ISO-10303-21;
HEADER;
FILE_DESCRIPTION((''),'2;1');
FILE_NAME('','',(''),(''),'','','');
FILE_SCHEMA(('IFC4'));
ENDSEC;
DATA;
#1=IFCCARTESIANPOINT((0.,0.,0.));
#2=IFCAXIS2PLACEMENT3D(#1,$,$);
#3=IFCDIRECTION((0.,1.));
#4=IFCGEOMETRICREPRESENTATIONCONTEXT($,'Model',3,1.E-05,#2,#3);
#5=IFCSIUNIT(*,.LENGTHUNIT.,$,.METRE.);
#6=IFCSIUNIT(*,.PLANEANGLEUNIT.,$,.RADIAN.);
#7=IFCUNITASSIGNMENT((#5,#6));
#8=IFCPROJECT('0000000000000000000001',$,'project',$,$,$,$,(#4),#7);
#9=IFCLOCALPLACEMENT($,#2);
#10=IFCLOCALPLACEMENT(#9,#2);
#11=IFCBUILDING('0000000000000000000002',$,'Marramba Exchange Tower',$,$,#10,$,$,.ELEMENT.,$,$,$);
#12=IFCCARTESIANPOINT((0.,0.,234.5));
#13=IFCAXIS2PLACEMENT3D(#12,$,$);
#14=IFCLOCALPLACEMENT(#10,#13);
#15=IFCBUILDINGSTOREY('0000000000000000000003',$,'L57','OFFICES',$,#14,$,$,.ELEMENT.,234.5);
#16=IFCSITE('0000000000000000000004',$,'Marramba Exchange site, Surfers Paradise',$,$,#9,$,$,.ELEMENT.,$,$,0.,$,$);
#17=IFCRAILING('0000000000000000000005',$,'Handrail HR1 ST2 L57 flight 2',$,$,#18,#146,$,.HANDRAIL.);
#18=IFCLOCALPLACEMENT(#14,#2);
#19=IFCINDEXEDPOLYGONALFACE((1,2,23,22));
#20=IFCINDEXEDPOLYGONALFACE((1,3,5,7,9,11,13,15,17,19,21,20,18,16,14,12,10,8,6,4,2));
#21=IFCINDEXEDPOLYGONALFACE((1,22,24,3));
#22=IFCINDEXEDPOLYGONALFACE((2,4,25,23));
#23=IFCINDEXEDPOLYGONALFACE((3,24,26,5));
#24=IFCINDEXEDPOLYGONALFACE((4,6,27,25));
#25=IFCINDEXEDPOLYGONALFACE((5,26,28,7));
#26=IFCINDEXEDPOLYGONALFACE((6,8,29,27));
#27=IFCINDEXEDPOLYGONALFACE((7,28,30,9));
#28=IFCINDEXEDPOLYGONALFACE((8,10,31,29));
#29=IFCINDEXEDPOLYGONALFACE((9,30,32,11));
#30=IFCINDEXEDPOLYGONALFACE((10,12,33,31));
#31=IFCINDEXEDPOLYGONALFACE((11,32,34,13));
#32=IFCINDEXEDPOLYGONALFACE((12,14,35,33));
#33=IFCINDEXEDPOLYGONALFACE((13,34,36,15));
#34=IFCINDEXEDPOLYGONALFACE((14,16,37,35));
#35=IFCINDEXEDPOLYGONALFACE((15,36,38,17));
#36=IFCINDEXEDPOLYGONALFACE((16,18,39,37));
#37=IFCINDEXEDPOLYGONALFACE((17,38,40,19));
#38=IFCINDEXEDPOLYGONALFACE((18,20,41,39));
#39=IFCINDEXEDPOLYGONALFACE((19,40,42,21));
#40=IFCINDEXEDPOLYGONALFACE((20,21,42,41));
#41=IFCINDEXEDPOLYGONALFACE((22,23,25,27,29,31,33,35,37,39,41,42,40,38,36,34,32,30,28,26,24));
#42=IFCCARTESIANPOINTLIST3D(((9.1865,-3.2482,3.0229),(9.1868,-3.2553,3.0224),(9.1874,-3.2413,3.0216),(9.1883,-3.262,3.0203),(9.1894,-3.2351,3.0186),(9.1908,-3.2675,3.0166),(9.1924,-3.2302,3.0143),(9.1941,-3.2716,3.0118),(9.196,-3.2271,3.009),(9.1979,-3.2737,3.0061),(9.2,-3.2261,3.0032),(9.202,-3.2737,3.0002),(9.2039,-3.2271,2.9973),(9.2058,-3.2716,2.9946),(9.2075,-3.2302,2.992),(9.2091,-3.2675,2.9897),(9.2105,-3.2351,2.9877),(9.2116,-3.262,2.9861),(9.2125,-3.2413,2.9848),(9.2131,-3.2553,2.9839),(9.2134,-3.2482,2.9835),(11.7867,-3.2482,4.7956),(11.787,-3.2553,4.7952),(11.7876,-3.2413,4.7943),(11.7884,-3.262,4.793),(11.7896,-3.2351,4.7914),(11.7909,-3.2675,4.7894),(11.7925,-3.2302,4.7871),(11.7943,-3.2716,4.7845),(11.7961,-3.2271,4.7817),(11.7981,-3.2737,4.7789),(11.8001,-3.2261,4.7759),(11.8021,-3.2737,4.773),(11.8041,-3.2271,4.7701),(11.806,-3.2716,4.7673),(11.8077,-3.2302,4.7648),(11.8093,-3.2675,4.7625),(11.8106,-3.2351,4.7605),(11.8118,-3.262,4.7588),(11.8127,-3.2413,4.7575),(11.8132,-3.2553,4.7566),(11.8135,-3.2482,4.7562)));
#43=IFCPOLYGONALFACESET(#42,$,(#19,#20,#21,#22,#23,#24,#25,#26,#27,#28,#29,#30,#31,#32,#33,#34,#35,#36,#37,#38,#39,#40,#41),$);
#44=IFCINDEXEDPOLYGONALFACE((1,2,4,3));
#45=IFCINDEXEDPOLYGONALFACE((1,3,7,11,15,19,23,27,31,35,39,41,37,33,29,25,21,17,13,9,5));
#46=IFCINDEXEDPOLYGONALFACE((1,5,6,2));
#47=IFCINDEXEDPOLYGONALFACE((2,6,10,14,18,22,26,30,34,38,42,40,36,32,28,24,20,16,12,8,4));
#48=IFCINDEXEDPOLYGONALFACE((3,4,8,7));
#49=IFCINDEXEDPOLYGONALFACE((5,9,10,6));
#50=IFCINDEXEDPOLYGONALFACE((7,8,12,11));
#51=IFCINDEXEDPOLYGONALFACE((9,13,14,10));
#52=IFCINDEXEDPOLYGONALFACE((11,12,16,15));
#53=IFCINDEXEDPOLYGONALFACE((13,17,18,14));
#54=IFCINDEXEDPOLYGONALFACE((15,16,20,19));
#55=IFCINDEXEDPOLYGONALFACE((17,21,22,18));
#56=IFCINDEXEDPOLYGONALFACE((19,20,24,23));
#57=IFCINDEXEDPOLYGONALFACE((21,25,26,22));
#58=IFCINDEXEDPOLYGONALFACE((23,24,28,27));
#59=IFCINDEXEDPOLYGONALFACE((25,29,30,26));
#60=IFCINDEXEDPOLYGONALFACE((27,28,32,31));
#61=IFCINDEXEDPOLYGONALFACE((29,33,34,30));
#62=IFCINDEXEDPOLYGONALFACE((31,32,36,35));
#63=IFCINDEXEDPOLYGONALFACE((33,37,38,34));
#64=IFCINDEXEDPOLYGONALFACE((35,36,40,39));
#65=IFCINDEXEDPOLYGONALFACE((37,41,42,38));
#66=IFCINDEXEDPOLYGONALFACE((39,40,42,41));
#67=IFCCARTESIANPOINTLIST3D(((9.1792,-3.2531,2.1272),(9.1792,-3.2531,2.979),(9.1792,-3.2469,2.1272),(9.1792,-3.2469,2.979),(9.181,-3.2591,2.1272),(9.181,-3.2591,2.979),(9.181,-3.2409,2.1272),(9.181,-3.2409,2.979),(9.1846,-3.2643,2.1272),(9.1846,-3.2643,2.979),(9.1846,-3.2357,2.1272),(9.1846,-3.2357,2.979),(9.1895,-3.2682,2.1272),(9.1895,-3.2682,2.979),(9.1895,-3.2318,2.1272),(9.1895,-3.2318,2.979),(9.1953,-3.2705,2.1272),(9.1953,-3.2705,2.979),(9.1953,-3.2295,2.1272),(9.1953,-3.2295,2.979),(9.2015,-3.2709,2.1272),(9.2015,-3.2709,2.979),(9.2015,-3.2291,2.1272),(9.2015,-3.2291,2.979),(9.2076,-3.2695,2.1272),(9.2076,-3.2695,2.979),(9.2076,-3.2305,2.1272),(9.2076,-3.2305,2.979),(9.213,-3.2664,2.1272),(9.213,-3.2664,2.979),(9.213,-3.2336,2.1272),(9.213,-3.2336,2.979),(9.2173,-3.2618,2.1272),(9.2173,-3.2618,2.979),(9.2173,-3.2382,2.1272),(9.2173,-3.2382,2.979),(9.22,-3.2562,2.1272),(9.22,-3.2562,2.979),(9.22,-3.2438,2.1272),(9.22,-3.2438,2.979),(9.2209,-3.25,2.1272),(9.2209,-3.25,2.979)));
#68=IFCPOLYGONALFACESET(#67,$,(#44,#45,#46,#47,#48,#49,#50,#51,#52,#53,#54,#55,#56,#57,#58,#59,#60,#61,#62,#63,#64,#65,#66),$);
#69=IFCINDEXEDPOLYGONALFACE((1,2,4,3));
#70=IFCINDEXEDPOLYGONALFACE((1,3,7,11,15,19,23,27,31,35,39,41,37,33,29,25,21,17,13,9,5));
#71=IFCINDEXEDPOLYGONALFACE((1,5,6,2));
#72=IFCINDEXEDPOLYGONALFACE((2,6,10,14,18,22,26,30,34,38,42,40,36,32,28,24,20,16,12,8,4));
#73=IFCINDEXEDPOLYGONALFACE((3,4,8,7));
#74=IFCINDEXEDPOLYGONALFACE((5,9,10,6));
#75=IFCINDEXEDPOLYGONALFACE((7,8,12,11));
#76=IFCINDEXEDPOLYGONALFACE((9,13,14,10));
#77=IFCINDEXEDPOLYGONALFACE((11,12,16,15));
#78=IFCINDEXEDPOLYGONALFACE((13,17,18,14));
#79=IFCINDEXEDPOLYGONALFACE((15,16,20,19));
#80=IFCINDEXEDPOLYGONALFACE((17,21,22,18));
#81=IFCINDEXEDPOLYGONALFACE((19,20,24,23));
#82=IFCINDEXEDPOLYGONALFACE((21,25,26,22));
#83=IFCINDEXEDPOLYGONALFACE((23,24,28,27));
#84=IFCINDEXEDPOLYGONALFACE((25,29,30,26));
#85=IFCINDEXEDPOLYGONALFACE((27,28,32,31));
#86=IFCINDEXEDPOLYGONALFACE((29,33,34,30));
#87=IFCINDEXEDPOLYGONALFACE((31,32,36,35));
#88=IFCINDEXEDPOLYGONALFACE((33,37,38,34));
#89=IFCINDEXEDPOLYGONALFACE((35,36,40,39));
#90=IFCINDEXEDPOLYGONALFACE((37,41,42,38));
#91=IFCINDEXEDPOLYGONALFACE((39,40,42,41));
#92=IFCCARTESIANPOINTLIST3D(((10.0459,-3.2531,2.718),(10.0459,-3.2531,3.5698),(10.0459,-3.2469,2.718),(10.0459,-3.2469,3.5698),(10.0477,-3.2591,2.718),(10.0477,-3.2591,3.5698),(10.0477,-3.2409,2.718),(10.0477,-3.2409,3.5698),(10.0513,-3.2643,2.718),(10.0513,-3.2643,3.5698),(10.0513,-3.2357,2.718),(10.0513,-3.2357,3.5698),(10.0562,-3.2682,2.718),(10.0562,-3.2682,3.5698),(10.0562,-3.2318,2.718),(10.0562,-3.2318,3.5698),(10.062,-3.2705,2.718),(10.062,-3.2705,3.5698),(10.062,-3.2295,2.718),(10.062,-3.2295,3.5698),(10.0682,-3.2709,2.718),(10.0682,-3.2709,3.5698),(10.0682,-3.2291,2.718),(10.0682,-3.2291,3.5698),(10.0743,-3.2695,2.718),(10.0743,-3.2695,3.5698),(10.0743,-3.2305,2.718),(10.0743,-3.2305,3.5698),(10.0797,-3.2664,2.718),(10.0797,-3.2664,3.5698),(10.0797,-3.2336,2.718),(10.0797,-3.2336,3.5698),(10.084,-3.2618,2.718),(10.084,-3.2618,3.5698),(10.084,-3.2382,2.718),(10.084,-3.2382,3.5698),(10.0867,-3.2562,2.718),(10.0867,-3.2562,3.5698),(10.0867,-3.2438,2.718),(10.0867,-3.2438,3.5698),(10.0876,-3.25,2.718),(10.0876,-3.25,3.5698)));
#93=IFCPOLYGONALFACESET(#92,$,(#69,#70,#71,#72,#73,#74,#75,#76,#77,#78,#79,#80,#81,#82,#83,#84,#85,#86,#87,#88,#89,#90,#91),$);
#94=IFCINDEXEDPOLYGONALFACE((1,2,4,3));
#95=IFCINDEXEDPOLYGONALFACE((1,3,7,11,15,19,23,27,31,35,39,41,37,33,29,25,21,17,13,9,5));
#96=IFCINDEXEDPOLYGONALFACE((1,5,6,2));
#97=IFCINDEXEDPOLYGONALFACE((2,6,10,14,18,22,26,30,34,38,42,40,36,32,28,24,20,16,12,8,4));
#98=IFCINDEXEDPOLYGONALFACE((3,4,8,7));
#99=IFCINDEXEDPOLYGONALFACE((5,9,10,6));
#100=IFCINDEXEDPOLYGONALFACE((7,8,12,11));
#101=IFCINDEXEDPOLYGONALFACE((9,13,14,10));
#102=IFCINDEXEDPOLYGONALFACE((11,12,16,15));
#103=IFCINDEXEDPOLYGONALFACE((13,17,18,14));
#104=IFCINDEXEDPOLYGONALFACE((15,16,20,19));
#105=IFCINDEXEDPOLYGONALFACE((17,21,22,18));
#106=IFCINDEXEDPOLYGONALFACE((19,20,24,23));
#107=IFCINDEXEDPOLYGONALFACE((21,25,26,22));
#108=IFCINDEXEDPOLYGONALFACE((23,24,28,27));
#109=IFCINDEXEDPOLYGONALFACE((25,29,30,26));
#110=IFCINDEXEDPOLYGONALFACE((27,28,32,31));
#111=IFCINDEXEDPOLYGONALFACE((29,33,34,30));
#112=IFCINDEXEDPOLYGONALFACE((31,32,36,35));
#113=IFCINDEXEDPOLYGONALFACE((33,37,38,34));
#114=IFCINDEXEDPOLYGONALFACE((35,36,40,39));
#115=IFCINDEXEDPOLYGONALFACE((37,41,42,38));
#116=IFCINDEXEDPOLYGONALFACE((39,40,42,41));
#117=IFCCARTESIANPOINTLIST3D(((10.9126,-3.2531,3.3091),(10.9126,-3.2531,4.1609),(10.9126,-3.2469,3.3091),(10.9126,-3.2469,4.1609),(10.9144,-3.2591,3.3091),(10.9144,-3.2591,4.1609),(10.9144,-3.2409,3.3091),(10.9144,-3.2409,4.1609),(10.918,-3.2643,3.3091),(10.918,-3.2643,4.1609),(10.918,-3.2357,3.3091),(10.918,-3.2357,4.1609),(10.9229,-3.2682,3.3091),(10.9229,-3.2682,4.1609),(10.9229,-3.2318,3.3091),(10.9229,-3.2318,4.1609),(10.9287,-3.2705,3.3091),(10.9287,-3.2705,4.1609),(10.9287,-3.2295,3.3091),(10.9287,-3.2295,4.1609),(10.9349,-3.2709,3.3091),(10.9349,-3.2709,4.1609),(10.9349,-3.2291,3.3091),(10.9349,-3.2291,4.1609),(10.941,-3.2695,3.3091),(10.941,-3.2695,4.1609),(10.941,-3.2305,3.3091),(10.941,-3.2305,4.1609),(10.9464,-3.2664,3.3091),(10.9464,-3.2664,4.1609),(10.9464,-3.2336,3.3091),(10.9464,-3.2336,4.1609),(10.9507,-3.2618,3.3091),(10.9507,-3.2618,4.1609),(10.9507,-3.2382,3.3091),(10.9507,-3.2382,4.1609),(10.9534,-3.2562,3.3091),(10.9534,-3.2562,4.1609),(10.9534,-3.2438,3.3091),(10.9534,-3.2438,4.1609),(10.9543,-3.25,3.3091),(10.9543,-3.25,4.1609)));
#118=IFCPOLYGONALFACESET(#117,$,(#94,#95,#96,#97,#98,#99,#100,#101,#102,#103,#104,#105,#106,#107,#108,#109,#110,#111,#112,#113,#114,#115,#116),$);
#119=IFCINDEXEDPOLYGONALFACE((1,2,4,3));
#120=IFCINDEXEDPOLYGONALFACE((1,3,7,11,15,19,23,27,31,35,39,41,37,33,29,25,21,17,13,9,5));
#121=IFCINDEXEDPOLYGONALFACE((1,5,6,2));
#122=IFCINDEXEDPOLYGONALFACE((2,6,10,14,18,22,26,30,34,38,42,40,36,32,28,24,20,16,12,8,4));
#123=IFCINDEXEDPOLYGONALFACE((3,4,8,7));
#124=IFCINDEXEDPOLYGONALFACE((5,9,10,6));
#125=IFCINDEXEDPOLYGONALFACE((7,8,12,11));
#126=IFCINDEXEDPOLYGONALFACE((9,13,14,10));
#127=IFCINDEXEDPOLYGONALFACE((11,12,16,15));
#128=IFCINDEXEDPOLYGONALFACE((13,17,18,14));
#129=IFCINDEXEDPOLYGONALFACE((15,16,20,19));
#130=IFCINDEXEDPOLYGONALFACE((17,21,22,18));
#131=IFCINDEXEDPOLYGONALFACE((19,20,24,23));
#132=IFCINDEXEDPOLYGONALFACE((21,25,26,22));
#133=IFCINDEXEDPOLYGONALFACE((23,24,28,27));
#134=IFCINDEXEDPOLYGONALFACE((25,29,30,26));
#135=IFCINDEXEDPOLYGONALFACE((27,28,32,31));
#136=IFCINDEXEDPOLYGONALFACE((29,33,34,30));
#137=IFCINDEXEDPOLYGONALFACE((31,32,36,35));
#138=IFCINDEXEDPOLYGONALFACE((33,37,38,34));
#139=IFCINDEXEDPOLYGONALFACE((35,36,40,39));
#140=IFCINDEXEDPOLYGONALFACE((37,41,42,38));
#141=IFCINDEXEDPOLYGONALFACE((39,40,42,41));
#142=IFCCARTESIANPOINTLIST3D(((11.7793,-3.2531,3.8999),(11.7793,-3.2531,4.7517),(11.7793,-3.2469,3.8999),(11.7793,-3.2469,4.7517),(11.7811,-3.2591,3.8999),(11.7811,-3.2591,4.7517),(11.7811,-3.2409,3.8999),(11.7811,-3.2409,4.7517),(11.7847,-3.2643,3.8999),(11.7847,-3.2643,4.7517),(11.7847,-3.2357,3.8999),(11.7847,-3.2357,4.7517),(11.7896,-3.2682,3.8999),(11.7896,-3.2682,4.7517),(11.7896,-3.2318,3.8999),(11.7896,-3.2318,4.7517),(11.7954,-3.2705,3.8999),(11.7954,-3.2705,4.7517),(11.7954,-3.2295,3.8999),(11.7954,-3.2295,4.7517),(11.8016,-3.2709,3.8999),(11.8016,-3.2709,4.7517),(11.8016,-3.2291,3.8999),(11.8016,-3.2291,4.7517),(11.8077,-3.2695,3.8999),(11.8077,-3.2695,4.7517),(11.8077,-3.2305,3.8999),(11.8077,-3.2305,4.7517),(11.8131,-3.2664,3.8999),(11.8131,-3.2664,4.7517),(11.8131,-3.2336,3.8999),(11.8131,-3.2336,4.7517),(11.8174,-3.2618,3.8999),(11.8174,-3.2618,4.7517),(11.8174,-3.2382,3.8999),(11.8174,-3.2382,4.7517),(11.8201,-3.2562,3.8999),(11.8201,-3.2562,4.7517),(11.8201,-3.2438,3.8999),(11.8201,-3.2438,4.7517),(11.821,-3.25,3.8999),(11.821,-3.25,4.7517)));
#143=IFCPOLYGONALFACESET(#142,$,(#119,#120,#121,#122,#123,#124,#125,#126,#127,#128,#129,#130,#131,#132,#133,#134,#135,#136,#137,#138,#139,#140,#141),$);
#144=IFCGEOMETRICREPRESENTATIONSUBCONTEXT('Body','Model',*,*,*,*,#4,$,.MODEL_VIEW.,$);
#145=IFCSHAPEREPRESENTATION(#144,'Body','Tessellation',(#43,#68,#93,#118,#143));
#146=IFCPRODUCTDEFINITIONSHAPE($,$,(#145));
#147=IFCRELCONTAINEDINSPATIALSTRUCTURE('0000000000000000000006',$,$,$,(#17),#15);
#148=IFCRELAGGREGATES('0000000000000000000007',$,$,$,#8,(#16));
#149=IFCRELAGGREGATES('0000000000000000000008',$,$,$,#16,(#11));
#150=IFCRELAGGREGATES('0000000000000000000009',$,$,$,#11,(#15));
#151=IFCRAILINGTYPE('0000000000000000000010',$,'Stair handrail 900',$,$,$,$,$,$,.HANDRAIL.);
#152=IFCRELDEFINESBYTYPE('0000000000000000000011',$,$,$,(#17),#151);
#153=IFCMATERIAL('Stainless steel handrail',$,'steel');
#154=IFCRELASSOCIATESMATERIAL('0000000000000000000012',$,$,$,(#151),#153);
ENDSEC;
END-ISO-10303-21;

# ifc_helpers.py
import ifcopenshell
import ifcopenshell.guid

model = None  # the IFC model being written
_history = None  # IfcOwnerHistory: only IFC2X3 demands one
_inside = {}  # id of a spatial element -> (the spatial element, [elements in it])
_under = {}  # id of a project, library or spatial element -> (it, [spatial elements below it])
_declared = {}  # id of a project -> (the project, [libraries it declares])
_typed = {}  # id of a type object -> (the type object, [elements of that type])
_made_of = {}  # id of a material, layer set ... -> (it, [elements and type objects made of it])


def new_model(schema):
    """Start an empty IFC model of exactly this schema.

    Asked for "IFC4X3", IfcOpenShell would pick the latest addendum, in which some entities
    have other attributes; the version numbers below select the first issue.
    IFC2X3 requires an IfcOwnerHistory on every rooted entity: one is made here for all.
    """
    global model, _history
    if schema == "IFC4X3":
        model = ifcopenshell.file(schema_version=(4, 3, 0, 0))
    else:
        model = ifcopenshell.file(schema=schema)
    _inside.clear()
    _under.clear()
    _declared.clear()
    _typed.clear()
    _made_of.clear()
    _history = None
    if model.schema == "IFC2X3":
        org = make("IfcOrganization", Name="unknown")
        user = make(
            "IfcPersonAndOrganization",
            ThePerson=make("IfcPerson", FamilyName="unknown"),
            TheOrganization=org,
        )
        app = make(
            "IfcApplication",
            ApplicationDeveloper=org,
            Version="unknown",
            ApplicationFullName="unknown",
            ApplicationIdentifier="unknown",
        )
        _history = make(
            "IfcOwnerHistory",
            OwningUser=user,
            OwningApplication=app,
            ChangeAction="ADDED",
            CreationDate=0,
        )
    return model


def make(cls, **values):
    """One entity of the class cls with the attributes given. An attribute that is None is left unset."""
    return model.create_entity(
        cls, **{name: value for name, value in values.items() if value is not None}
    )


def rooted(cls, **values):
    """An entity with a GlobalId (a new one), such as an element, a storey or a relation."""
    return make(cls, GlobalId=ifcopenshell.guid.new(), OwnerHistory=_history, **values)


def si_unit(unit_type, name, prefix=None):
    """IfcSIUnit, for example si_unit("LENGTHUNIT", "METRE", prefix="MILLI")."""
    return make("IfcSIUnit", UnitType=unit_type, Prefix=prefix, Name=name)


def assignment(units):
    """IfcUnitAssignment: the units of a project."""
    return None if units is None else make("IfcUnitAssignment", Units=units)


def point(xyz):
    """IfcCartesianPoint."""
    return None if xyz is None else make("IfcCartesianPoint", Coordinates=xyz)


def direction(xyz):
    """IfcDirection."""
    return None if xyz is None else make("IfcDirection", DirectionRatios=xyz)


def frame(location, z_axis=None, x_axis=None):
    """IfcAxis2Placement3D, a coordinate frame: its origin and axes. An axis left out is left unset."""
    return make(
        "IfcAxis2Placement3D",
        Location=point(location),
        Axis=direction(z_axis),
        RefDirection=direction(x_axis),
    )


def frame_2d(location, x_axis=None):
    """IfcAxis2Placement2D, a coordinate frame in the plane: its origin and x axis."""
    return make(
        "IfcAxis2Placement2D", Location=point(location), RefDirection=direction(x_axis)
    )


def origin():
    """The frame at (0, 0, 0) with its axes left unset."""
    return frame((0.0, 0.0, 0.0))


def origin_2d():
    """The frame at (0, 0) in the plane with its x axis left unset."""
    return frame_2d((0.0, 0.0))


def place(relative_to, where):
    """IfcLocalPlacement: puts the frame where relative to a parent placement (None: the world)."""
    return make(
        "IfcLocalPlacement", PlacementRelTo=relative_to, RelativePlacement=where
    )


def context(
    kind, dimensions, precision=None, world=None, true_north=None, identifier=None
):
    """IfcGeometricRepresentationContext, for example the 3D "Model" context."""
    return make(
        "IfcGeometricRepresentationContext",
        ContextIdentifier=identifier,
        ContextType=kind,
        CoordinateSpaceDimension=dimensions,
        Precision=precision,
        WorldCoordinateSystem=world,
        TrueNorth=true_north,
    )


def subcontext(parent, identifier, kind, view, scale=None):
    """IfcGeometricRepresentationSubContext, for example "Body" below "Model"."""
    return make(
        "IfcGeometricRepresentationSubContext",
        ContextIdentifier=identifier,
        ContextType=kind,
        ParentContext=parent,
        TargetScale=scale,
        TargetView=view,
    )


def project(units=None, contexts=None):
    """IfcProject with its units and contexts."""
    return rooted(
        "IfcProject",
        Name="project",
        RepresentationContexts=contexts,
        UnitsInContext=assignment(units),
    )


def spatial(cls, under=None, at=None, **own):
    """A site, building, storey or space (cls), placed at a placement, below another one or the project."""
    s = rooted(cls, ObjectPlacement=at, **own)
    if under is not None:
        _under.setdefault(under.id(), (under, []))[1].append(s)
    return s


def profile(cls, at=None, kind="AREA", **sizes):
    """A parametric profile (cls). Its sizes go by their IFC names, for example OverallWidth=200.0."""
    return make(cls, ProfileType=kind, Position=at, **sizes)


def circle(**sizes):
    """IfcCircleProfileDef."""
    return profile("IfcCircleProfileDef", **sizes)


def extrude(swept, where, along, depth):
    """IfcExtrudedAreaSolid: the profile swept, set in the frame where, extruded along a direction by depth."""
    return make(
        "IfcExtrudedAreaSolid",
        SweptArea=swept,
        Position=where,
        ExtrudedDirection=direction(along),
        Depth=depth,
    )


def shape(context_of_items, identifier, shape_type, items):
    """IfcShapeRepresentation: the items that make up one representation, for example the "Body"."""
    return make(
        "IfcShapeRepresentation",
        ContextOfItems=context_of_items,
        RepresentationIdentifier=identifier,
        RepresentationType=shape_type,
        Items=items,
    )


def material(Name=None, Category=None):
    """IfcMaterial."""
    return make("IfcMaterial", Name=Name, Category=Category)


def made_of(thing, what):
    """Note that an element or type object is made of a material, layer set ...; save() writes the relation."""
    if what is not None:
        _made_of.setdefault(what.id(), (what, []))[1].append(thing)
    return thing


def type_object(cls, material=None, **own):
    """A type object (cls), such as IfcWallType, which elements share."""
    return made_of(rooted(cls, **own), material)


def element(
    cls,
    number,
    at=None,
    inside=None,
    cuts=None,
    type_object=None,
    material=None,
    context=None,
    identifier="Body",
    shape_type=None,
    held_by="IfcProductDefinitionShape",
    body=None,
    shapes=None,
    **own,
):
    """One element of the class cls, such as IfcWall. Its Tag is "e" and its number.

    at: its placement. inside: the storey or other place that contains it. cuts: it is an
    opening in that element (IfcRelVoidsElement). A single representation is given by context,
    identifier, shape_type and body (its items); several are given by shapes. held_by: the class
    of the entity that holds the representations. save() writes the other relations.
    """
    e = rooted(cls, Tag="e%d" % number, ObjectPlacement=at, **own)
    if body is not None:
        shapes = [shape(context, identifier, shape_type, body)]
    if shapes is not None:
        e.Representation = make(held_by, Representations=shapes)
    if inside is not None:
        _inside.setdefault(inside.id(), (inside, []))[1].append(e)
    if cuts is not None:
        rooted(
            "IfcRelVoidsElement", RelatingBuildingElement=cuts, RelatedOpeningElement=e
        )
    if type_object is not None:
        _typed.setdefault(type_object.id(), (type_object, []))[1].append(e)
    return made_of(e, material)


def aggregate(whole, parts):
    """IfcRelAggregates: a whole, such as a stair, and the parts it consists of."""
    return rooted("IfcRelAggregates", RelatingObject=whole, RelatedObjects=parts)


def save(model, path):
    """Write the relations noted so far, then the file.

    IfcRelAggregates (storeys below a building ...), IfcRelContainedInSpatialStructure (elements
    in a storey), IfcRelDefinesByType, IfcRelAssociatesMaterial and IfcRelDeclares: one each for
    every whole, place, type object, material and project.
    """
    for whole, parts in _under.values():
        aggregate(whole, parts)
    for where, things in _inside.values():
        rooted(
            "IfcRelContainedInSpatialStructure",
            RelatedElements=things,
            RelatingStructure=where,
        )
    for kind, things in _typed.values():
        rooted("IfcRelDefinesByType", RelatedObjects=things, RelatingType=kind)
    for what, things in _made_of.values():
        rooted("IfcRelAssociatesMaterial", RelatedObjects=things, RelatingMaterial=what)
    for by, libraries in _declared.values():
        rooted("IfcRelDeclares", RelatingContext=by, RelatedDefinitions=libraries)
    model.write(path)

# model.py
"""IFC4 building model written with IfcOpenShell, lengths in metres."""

from ifc_helpers import new_model, si_unit, direction, frame, origin, origin_2d, place, context, subcontext, project, spatial, circle, extrude, material, type_object, element, save


model = new_model("IFC4")

# Units and contexts
model_context = context("Model", 3, precision=1e-05, world=origin(), true_north=direction((0.0, 1.0)))
body_context = subcontext(model_context, "Body", "Model", "MODEL_VIEW")
ifc_project = project(units=[si_unit("LENGTHUNIT", "METRE"), si_unit("PLANEANGLEUNIT", "RADIAN")], contexts=[model_context])

# Site, building, storey
site_placement = place(None, origin())
site = spatial("IfcSite", under=ifc_project, at=site_placement, Name="Marramba Exchange site, Surfers Paradise", CompositionType="ELEMENT", RefElevation=0.0)
building_placement = place(site_placement, origin())
building = spatial("IfcBuilding", under=site, at=building_placement, Name="Marramba Exchange Tower", CompositionType="ELEMENT")
storey_placement = place(building_placement, frame((0.0, 0.0, 234.5)))
storey = spatial("IfcBuildingStorey", under=building, at=storey_placement, Name="L57", Description="OFFICES", CompositionType="ELEMENT", Elevation=234.5)

# Railing
ifc_material_1 = material(Name="Stainless steel handrail", Category="steel")
railing_type = type_object("IfcRailingType", Name="Stair handrail 900", PredefinedType="HANDRAIL", material=ifc_material_1)
railing_1_placement = place(storey_placement, frame((9.2, -3.25, 2.1272)))
element("IfcRailing", 1, at=railing_1_placement, inside=storey, type_object=railing_type, Name="Handrail HR1 ST2 L57 flight 2", PredefinedType="HANDRAIL", context=body_context, shape_type="SweptSolid", body=[
    extrude(circle(Radius=0.0239, at=origin_2d()), frame((0.0, 0.0, 0.876), z_axis=(0.82624, 0.0, 0.563318), x_axis=(0.0, 1.0, 0.0)), (0.0, 0.0, 1.0), 3.147),
    extrude(circle(Radius=0.021, at=origin_2d()), origin(), (0.0, 0.0, 1.0), 0.8518),
    extrude(circle(Radius=0.021, at=origin_2d()), frame((0.8667, 0.0, 0.5908)), (0.0, 0.0, 1.0), 0.8518),
    extrude(circle(Radius=0.021, at=origin_2d()), frame((1.7334, 0.0, 1.1819)), (0.0, 0.0, 1.0), 0.8518),
    extrude(circle(Radius=0.021, at=origin_2d()), frame((2.6001, 0.0, 1.7727)), (0.0, 0.0, 1.0), 0.8518),
])

save(model, "model.ifc")
